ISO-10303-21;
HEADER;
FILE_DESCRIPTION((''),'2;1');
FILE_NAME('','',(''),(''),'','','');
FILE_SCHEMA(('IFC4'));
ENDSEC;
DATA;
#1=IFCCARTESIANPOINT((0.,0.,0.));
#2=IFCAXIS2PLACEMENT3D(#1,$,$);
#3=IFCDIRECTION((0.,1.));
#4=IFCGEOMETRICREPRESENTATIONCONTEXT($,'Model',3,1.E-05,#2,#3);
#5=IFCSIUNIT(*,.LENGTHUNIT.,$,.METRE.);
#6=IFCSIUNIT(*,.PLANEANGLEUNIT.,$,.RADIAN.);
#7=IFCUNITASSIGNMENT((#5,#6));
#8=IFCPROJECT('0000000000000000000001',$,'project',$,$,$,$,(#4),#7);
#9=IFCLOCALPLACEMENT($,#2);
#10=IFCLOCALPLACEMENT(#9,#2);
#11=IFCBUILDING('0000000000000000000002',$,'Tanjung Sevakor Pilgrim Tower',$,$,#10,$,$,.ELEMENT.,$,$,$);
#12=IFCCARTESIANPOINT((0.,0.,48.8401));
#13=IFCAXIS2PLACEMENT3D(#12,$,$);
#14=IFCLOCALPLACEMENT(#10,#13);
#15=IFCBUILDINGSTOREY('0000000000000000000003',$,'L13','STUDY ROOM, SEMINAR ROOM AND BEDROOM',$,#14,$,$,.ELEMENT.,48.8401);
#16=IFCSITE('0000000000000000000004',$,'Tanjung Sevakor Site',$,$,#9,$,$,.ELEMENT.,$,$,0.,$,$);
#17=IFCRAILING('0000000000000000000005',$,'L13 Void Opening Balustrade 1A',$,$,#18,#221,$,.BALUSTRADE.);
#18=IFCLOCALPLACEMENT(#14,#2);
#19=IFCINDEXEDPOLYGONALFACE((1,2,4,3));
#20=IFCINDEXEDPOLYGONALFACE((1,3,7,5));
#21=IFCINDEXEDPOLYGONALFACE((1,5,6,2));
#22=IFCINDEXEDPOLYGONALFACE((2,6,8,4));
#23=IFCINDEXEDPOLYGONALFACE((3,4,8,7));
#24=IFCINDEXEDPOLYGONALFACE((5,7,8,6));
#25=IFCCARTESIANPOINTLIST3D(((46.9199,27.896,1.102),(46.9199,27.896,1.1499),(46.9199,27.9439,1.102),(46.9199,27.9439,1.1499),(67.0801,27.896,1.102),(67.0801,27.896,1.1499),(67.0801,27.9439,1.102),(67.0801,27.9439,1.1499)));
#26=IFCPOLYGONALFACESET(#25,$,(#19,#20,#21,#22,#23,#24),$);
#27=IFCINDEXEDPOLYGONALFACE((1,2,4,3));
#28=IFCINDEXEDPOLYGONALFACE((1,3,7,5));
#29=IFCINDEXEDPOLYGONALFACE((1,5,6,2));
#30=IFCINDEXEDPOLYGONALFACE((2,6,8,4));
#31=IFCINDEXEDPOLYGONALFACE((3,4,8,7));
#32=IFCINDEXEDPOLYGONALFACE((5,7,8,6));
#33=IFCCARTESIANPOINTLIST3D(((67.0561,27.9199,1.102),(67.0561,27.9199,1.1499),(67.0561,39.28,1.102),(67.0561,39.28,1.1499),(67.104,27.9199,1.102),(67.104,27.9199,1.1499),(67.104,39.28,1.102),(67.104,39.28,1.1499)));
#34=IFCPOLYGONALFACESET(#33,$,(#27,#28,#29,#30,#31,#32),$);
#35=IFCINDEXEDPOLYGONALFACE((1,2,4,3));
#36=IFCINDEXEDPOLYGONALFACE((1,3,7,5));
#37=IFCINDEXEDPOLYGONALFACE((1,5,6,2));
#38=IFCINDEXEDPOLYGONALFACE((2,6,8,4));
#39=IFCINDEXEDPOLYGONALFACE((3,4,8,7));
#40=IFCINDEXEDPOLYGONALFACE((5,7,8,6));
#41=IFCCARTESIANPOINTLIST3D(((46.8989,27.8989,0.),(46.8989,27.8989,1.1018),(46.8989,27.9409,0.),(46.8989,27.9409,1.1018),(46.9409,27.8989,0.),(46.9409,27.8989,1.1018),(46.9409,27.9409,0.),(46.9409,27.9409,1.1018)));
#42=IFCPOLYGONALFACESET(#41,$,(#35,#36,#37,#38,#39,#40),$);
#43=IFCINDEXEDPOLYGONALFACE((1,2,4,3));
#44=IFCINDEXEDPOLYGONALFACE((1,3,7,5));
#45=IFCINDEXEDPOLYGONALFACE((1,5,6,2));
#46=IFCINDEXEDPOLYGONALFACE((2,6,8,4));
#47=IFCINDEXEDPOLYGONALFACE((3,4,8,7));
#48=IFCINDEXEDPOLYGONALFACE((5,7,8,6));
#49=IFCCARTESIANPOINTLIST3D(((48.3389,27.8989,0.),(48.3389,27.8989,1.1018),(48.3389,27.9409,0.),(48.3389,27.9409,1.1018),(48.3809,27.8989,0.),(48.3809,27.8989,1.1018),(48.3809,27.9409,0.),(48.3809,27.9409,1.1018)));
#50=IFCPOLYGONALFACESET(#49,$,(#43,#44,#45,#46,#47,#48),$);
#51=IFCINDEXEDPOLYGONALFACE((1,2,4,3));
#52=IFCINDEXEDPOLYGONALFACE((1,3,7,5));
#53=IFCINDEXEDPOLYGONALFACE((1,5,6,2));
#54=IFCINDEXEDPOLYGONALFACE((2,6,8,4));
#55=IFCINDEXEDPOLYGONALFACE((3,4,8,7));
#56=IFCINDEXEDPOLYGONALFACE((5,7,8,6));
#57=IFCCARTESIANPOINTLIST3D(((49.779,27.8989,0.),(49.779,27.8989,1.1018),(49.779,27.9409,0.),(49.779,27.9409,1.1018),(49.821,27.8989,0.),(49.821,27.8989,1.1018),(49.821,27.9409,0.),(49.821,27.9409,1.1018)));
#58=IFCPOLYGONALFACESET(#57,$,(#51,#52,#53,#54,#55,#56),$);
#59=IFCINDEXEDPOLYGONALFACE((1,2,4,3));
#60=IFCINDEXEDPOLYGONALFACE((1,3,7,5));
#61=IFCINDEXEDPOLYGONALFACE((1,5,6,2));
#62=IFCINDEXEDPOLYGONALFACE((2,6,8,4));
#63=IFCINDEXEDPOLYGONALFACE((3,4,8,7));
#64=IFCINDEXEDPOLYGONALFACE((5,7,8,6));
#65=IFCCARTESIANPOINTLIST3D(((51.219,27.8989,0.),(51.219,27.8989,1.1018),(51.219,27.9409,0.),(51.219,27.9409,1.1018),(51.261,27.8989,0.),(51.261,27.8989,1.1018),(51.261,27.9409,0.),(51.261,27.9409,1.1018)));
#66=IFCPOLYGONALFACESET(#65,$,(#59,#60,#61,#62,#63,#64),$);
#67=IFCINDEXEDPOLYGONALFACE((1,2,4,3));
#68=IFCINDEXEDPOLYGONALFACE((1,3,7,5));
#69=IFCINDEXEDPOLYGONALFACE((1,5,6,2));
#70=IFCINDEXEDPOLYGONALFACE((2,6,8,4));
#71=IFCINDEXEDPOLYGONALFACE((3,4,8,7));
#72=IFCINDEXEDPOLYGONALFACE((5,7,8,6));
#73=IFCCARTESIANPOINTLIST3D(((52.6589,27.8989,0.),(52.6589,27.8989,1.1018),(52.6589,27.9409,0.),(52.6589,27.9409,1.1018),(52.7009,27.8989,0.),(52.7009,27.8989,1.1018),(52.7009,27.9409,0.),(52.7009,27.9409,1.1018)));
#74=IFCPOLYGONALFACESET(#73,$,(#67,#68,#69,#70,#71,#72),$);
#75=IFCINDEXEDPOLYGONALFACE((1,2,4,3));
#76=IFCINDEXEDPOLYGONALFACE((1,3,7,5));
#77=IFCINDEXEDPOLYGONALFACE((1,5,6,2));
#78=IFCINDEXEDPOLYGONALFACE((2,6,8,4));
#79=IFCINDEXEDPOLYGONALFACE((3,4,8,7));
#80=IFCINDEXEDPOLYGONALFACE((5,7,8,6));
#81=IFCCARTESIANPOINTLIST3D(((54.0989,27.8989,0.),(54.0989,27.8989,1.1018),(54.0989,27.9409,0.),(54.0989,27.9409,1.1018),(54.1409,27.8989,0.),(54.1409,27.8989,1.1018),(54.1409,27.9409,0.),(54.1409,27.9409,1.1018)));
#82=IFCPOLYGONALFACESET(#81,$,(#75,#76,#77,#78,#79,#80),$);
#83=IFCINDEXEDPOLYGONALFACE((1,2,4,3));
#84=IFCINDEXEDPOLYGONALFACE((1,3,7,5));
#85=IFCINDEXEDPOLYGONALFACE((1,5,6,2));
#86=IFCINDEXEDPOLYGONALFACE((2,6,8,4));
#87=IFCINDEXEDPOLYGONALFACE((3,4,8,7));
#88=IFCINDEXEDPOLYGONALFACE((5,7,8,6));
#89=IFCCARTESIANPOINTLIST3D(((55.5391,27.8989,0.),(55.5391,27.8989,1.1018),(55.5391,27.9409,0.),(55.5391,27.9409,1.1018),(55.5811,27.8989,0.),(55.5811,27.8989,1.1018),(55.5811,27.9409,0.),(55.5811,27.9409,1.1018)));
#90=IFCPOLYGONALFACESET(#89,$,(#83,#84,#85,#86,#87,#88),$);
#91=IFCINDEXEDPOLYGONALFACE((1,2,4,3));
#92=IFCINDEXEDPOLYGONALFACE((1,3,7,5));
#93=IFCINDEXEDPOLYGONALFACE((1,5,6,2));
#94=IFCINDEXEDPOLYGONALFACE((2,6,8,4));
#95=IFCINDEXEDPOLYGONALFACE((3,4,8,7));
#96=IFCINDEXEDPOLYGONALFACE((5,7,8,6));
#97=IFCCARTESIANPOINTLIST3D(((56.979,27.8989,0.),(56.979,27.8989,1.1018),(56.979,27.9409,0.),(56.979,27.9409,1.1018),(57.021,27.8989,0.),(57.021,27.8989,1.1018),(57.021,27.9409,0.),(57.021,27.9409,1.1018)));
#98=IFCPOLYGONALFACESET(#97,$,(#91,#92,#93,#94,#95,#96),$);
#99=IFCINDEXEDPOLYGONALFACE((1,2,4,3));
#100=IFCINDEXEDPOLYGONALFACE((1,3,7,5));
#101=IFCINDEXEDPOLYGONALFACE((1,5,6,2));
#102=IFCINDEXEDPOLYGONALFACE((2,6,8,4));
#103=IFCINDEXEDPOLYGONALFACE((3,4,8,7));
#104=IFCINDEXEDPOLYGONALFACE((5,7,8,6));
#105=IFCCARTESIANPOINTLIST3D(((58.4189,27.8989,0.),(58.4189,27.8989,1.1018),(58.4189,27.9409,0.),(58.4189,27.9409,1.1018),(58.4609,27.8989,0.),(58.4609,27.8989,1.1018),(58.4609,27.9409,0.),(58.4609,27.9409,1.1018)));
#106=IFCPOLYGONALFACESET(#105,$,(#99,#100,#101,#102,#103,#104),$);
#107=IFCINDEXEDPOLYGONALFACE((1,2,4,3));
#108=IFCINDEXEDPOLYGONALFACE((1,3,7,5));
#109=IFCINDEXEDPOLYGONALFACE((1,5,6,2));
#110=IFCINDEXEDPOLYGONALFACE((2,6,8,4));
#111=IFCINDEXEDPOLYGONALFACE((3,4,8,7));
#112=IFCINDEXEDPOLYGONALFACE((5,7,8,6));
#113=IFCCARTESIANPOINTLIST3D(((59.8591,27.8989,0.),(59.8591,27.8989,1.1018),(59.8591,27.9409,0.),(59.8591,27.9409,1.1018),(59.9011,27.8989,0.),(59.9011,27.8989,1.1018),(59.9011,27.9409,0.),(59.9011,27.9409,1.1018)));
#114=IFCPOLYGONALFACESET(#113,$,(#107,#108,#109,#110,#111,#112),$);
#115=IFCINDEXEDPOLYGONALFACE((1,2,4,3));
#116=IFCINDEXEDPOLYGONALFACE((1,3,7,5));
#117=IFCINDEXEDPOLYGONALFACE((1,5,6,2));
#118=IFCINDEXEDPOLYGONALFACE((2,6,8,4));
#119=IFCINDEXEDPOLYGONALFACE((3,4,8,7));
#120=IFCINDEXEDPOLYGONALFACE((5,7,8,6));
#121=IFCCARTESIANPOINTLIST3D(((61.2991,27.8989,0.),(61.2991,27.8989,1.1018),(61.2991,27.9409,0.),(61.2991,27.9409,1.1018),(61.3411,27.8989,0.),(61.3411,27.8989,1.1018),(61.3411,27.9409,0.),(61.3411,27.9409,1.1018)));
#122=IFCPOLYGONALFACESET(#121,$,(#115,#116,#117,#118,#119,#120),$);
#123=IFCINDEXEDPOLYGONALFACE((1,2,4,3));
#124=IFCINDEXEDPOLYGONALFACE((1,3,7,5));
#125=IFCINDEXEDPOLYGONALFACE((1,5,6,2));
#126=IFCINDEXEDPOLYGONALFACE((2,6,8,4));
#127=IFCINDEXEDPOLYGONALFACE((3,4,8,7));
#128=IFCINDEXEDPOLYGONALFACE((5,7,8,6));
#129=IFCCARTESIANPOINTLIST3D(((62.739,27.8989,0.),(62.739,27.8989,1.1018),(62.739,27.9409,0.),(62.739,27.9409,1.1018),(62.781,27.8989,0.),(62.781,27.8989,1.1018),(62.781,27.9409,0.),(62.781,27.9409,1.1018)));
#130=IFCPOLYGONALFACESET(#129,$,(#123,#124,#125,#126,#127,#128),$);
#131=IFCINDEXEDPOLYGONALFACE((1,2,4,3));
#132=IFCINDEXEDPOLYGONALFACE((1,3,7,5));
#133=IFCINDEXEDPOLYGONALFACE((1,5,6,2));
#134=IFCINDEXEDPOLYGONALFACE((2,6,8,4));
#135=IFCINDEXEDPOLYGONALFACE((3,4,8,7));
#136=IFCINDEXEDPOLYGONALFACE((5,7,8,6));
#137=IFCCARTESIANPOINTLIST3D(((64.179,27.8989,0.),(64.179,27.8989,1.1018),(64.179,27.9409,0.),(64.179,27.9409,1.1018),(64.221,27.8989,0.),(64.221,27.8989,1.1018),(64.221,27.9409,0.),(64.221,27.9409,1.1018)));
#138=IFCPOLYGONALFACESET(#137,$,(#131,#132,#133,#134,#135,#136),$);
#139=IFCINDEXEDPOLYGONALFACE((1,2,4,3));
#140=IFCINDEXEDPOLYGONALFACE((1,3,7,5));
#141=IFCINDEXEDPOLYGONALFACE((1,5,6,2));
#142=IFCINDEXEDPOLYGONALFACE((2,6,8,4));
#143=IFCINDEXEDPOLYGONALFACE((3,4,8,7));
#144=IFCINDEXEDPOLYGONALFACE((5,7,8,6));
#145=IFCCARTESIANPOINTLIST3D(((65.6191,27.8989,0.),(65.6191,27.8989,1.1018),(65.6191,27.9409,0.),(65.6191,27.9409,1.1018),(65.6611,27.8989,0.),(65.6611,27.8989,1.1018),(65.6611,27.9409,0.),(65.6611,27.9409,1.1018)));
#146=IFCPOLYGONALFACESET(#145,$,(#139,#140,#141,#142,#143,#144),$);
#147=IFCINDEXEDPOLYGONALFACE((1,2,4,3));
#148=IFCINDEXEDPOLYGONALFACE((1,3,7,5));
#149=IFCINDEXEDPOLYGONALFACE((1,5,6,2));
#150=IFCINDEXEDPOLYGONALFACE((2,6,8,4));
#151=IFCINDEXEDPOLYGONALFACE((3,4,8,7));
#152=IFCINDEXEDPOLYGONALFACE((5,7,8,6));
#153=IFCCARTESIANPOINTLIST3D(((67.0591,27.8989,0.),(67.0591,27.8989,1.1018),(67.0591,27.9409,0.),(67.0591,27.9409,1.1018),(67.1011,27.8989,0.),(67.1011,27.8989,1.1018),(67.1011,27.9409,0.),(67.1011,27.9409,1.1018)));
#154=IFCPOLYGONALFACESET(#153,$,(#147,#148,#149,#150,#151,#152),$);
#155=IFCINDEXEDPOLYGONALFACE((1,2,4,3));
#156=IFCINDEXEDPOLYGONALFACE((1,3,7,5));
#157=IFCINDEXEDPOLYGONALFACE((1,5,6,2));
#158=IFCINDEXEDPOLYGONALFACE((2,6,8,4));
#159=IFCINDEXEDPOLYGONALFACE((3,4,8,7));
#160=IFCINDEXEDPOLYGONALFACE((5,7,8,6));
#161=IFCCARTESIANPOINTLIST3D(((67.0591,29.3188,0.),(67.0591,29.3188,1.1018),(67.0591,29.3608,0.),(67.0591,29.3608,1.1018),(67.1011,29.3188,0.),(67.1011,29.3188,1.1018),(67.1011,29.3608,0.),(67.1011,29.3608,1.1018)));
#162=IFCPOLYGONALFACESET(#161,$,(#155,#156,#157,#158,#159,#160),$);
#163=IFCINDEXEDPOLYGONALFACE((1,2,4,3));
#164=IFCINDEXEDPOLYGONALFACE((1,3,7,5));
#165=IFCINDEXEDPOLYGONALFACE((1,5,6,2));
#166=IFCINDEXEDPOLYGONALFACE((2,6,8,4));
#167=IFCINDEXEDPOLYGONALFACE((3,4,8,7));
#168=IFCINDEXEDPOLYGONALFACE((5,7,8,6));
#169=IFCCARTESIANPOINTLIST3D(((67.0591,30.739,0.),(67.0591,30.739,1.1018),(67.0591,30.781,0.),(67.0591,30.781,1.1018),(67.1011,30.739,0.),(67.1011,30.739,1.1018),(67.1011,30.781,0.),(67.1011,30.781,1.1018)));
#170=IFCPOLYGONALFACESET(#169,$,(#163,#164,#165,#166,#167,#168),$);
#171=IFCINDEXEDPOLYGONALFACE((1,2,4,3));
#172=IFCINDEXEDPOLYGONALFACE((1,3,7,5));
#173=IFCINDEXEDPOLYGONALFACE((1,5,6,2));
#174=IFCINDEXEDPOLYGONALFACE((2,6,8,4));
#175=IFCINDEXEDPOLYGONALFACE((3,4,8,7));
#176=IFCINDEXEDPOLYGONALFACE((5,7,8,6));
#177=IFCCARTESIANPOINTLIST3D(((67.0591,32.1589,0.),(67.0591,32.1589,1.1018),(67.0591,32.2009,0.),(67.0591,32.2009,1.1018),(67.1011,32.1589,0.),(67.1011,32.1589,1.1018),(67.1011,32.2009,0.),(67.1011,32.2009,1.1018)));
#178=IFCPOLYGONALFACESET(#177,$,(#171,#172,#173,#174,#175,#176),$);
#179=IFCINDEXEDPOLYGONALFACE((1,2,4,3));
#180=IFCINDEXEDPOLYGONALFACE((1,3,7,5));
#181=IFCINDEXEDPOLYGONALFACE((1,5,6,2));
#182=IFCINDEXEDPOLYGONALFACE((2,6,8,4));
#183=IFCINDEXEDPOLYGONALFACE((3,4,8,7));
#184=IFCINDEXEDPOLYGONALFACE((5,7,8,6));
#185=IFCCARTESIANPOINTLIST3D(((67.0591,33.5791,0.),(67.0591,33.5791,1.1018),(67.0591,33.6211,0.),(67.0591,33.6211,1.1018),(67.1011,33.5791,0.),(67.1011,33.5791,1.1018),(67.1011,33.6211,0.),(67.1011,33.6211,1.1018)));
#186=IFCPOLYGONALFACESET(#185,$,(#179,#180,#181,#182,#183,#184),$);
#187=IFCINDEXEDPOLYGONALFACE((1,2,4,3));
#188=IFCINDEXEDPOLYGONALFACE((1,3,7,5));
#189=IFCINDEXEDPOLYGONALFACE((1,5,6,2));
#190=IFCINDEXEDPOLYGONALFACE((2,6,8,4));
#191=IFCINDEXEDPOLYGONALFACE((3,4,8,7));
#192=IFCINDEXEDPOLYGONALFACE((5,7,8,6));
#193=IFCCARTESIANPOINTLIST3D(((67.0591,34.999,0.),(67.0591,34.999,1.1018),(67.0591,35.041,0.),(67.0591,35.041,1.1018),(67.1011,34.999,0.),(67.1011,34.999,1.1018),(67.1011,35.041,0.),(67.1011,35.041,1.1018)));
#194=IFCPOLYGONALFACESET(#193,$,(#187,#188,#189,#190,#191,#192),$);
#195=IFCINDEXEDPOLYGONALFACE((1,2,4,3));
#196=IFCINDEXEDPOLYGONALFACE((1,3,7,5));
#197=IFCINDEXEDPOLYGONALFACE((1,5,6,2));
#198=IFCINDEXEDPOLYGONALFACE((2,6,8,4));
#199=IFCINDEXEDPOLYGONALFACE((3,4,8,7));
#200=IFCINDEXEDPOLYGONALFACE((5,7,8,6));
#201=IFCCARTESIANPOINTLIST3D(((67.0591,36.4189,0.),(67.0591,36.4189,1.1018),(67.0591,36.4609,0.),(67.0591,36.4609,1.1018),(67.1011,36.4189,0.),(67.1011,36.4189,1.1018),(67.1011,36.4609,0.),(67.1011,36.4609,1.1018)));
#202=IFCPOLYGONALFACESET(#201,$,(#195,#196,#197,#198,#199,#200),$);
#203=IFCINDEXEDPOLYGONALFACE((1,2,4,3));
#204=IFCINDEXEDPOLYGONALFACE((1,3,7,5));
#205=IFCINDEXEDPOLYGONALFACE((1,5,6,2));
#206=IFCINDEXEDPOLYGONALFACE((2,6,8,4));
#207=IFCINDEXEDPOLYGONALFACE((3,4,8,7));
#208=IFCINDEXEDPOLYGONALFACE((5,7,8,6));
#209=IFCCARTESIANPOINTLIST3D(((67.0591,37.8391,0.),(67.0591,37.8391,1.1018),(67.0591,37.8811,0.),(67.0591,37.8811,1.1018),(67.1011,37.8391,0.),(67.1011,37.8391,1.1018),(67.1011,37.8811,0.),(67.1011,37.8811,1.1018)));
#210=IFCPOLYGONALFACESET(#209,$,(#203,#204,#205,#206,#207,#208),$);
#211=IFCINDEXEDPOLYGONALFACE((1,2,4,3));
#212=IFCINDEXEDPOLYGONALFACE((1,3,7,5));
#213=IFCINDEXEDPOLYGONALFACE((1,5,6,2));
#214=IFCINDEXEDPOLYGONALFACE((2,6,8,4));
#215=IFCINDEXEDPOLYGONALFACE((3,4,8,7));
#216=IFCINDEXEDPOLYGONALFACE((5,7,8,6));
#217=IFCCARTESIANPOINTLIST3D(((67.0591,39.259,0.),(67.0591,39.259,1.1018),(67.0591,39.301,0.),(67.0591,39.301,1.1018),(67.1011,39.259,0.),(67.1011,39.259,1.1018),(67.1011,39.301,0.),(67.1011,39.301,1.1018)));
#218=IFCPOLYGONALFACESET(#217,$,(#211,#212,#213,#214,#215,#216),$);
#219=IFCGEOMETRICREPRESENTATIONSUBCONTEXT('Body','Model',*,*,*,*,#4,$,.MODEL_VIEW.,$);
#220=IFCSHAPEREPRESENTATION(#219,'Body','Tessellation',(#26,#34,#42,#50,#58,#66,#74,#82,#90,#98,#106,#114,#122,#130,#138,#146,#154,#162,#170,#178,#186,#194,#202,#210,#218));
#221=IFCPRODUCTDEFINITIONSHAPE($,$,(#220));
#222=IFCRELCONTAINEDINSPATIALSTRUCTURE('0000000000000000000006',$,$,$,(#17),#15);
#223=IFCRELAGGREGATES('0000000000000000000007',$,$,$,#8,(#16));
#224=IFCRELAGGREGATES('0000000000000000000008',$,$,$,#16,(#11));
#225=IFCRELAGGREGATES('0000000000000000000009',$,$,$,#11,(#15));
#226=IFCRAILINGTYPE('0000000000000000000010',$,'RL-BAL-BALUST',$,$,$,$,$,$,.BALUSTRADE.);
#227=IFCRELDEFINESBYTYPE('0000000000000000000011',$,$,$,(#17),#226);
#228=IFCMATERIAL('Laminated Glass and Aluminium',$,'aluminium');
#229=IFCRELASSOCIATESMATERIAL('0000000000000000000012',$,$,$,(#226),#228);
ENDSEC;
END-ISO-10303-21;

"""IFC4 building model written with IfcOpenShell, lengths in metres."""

from ifc_helpers import new_model, si_unit, direction, frame, origin, place, context, subcontext, project, spatial, rectangle, extrude, material, type_object, element, save


model = new_model("IFC4")

# Units and contexts
model_context = context("Model", 3, precision=1e-05, world=origin(), true_north=direction((0.0, 1.0)))
body_context = subcontext(model_context, "Body", "Model", "MODEL_VIEW")
ifc_project = project(units=[si_unit("LENGTHUNIT", "METRE"), si_unit("PLANEANGLEUNIT", "RADIAN")], contexts=[model_context])

# Site, building, storey
site_placement = place(None, origin())
site = spatial("IfcSite", under=ifc_project, at=site_placement, Name="Tanjung Sevakor Site", CompositionType="ELEMENT", RefElevation=0.0)
building_placement = place(site_placement, origin())
building = spatial("IfcBuilding", under=site, at=building_placement, Name="Tanjung Sevakor Pilgrim Tower", CompositionType="ELEMENT")
storey_placement = place(building_placement, frame((0.0, 0.0, 48.8401)))
storey = spatial("IfcBuildingStorey", under=building, at=storey_placement, Name="L13", Description="STUDY ROOM, SEMINAR ROOM AND BEDROOM", CompositionType="ELEMENT", Elevation=48.8401)

# Railing
ifc_material_1 = material(Name="Laminated Glass and Aluminium", Category="aluminium")
railing_type = type_object("IfcRailingType", Name="RL-BAL-BALUST", PredefinedType="BALUSTRADE", material=ifc_material_1)
railing_placement = place(storey_placement, frame((46.9199, 27.9199, 0.0)))
element("IfcRailing", 1, at=railing_placement, inside=storey, type_object=railing_type, Name="L13 Void Opening Balustrade 1A", PredefinedType="BALUSTRADE", context=body_context, shape_type="SweptSolid", body=[
    extrude(rectangle(XDim=0.0479, YDim=0.0479), frame((0.0, 0.0, 1.126), z_axis=(1.0, 0.0, 0.0), x_axis=(0.0, 1.0, 0.0)), (0.0, 0.0, 1.0), 20.1602),
    extrude(rectangle(XDim=0.0479, YDim=0.0479), frame((20.1602, 0.0, 1.126), z_axis=(0.0, 1.0, 0.0), x_axis=(-1.0, 0.0, 0.0)), (0.0, 0.0, 1.0), 11.3601),
    extrude(rectangle(XDim=0.042, YDim=0.042), origin(), (0.0, 0.0, 1.0), 1.1018),
    extrude(rectangle(XDim=0.042, YDim=0.042), frame((1.4399, 0.0, 0.0)), (0.0, 0.0, 1.0), 1.1018),
    extrude(rectangle(XDim=0.042, YDim=0.042), frame((2.8801, 0.0, 0.0)), (0.0, 0.0, 1.0), 1.1018),
    extrude(rectangle(XDim=0.042, YDim=0.042), frame((4.3201, 0.0, 0.0)), (0.0, 0.0, 1.0), 1.1018),
    extrude(rectangle(XDim=0.042, YDim=0.042), frame((5.76, 0.0, 0.0)), (0.0, 0.0, 1.0), 1.1018),
    extrude(rectangle(XDim=0.042, YDim=0.042), frame((7.2, 0.0, 0.0)), (0.0, 0.0, 1.0), 1.1018),
    extrude(rectangle(XDim=0.042, YDim=0.042), frame((8.6401, 0.0, 0.0)), (0.0, 0.0, 1.0), 1.1018),
    extrude(rectangle(XDim=0.042, YDim=0.042), frame((10.0801, 0.0, 0.0)), (0.0, 0.0, 1.0), 1.1018),
    extrude(rectangle(XDim=0.042, YDim=0.042), frame((11.52, 0.0, 0.0)), (0.0, 0.0, 1.0), 1.1018),
    extrude(rectangle(XDim=0.042, YDim=0.042), frame((12.9602, 0.0, 0.0)), (0.0, 0.0, 1.0), 1.1018),
    extrude(rectangle(XDim=0.042, YDim=0.042), frame((14.4001, 0.0, 0.0)), (0.0, 0.0, 1.0), 1.1018),
    extrude(rectangle(XDim=0.042, YDim=0.042), frame((15.8401, 0.0, 0.0)), (0.0, 0.0, 1.0), 1.1018),
    extrude(rectangle(XDim=0.042, YDim=0.042), frame((17.28, 0.0, 0.0)), (0.0, 0.0, 1.0), 1.1018),
    extrude(rectangle(XDim=0.042, YDim=0.042), frame((18.7202, 0.0, 0.0)), (0.0, 0.0, 1.0), 1.1018),
    extrude(rectangle(XDim=0.042, YDim=0.042), frame((20.1602, 0.0, 0.0)), (0.0, 0.0, 1.0), 1.1018),
    extrude(rectangle(XDim=0.042, YDim=0.042), frame((20.1602, 1.4199, 0.0)), (0.0, 0.0, 1.0), 1.1018),
    extrude(rectangle(XDim=0.042, YDim=0.042), frame((20.1602, 2.8401, 0.0)), (0.0, 0.0, 1.0), 1.1018),
    extrude(rectangle(XDim=0.042, YDim=0.042), frame((20.1602, 4.26, 0.0)), (0.0, 0.0, 1.0), 1.1018),
    extrude(rectangle(XDim=0.042, YDim=0.042), frame((20.1602, 5.6802, 0.0)), (0.0, 0.0, 1.0), 1.1018),
    extrude(rectangle(XDim=0.042, YDim=0.042), frame((20.1602, 7.1001, 0.0)), (0.0, 0.0, 1.0), 1.1018),
    extrude(rectangle(XDim=0.042, YDim=0.042), frame((20.1602, 8.52, 0.0)), (0.0, 0.0, 1.0), 1.1018),
    extrude(rectangle(XDim=0.042, YDim=0.042), frame((20.1602, 9.9402, 0.0)), (0.0, 0.0, 1.0), 1.1018),
    extrude(rectangle(XDim=0.042, YDim=0.042), frame((20.1602, 11.3601, 0.0)), (0.0, 0.0, 1.0), 1.1018),
])

save(model, "model.ifc")
